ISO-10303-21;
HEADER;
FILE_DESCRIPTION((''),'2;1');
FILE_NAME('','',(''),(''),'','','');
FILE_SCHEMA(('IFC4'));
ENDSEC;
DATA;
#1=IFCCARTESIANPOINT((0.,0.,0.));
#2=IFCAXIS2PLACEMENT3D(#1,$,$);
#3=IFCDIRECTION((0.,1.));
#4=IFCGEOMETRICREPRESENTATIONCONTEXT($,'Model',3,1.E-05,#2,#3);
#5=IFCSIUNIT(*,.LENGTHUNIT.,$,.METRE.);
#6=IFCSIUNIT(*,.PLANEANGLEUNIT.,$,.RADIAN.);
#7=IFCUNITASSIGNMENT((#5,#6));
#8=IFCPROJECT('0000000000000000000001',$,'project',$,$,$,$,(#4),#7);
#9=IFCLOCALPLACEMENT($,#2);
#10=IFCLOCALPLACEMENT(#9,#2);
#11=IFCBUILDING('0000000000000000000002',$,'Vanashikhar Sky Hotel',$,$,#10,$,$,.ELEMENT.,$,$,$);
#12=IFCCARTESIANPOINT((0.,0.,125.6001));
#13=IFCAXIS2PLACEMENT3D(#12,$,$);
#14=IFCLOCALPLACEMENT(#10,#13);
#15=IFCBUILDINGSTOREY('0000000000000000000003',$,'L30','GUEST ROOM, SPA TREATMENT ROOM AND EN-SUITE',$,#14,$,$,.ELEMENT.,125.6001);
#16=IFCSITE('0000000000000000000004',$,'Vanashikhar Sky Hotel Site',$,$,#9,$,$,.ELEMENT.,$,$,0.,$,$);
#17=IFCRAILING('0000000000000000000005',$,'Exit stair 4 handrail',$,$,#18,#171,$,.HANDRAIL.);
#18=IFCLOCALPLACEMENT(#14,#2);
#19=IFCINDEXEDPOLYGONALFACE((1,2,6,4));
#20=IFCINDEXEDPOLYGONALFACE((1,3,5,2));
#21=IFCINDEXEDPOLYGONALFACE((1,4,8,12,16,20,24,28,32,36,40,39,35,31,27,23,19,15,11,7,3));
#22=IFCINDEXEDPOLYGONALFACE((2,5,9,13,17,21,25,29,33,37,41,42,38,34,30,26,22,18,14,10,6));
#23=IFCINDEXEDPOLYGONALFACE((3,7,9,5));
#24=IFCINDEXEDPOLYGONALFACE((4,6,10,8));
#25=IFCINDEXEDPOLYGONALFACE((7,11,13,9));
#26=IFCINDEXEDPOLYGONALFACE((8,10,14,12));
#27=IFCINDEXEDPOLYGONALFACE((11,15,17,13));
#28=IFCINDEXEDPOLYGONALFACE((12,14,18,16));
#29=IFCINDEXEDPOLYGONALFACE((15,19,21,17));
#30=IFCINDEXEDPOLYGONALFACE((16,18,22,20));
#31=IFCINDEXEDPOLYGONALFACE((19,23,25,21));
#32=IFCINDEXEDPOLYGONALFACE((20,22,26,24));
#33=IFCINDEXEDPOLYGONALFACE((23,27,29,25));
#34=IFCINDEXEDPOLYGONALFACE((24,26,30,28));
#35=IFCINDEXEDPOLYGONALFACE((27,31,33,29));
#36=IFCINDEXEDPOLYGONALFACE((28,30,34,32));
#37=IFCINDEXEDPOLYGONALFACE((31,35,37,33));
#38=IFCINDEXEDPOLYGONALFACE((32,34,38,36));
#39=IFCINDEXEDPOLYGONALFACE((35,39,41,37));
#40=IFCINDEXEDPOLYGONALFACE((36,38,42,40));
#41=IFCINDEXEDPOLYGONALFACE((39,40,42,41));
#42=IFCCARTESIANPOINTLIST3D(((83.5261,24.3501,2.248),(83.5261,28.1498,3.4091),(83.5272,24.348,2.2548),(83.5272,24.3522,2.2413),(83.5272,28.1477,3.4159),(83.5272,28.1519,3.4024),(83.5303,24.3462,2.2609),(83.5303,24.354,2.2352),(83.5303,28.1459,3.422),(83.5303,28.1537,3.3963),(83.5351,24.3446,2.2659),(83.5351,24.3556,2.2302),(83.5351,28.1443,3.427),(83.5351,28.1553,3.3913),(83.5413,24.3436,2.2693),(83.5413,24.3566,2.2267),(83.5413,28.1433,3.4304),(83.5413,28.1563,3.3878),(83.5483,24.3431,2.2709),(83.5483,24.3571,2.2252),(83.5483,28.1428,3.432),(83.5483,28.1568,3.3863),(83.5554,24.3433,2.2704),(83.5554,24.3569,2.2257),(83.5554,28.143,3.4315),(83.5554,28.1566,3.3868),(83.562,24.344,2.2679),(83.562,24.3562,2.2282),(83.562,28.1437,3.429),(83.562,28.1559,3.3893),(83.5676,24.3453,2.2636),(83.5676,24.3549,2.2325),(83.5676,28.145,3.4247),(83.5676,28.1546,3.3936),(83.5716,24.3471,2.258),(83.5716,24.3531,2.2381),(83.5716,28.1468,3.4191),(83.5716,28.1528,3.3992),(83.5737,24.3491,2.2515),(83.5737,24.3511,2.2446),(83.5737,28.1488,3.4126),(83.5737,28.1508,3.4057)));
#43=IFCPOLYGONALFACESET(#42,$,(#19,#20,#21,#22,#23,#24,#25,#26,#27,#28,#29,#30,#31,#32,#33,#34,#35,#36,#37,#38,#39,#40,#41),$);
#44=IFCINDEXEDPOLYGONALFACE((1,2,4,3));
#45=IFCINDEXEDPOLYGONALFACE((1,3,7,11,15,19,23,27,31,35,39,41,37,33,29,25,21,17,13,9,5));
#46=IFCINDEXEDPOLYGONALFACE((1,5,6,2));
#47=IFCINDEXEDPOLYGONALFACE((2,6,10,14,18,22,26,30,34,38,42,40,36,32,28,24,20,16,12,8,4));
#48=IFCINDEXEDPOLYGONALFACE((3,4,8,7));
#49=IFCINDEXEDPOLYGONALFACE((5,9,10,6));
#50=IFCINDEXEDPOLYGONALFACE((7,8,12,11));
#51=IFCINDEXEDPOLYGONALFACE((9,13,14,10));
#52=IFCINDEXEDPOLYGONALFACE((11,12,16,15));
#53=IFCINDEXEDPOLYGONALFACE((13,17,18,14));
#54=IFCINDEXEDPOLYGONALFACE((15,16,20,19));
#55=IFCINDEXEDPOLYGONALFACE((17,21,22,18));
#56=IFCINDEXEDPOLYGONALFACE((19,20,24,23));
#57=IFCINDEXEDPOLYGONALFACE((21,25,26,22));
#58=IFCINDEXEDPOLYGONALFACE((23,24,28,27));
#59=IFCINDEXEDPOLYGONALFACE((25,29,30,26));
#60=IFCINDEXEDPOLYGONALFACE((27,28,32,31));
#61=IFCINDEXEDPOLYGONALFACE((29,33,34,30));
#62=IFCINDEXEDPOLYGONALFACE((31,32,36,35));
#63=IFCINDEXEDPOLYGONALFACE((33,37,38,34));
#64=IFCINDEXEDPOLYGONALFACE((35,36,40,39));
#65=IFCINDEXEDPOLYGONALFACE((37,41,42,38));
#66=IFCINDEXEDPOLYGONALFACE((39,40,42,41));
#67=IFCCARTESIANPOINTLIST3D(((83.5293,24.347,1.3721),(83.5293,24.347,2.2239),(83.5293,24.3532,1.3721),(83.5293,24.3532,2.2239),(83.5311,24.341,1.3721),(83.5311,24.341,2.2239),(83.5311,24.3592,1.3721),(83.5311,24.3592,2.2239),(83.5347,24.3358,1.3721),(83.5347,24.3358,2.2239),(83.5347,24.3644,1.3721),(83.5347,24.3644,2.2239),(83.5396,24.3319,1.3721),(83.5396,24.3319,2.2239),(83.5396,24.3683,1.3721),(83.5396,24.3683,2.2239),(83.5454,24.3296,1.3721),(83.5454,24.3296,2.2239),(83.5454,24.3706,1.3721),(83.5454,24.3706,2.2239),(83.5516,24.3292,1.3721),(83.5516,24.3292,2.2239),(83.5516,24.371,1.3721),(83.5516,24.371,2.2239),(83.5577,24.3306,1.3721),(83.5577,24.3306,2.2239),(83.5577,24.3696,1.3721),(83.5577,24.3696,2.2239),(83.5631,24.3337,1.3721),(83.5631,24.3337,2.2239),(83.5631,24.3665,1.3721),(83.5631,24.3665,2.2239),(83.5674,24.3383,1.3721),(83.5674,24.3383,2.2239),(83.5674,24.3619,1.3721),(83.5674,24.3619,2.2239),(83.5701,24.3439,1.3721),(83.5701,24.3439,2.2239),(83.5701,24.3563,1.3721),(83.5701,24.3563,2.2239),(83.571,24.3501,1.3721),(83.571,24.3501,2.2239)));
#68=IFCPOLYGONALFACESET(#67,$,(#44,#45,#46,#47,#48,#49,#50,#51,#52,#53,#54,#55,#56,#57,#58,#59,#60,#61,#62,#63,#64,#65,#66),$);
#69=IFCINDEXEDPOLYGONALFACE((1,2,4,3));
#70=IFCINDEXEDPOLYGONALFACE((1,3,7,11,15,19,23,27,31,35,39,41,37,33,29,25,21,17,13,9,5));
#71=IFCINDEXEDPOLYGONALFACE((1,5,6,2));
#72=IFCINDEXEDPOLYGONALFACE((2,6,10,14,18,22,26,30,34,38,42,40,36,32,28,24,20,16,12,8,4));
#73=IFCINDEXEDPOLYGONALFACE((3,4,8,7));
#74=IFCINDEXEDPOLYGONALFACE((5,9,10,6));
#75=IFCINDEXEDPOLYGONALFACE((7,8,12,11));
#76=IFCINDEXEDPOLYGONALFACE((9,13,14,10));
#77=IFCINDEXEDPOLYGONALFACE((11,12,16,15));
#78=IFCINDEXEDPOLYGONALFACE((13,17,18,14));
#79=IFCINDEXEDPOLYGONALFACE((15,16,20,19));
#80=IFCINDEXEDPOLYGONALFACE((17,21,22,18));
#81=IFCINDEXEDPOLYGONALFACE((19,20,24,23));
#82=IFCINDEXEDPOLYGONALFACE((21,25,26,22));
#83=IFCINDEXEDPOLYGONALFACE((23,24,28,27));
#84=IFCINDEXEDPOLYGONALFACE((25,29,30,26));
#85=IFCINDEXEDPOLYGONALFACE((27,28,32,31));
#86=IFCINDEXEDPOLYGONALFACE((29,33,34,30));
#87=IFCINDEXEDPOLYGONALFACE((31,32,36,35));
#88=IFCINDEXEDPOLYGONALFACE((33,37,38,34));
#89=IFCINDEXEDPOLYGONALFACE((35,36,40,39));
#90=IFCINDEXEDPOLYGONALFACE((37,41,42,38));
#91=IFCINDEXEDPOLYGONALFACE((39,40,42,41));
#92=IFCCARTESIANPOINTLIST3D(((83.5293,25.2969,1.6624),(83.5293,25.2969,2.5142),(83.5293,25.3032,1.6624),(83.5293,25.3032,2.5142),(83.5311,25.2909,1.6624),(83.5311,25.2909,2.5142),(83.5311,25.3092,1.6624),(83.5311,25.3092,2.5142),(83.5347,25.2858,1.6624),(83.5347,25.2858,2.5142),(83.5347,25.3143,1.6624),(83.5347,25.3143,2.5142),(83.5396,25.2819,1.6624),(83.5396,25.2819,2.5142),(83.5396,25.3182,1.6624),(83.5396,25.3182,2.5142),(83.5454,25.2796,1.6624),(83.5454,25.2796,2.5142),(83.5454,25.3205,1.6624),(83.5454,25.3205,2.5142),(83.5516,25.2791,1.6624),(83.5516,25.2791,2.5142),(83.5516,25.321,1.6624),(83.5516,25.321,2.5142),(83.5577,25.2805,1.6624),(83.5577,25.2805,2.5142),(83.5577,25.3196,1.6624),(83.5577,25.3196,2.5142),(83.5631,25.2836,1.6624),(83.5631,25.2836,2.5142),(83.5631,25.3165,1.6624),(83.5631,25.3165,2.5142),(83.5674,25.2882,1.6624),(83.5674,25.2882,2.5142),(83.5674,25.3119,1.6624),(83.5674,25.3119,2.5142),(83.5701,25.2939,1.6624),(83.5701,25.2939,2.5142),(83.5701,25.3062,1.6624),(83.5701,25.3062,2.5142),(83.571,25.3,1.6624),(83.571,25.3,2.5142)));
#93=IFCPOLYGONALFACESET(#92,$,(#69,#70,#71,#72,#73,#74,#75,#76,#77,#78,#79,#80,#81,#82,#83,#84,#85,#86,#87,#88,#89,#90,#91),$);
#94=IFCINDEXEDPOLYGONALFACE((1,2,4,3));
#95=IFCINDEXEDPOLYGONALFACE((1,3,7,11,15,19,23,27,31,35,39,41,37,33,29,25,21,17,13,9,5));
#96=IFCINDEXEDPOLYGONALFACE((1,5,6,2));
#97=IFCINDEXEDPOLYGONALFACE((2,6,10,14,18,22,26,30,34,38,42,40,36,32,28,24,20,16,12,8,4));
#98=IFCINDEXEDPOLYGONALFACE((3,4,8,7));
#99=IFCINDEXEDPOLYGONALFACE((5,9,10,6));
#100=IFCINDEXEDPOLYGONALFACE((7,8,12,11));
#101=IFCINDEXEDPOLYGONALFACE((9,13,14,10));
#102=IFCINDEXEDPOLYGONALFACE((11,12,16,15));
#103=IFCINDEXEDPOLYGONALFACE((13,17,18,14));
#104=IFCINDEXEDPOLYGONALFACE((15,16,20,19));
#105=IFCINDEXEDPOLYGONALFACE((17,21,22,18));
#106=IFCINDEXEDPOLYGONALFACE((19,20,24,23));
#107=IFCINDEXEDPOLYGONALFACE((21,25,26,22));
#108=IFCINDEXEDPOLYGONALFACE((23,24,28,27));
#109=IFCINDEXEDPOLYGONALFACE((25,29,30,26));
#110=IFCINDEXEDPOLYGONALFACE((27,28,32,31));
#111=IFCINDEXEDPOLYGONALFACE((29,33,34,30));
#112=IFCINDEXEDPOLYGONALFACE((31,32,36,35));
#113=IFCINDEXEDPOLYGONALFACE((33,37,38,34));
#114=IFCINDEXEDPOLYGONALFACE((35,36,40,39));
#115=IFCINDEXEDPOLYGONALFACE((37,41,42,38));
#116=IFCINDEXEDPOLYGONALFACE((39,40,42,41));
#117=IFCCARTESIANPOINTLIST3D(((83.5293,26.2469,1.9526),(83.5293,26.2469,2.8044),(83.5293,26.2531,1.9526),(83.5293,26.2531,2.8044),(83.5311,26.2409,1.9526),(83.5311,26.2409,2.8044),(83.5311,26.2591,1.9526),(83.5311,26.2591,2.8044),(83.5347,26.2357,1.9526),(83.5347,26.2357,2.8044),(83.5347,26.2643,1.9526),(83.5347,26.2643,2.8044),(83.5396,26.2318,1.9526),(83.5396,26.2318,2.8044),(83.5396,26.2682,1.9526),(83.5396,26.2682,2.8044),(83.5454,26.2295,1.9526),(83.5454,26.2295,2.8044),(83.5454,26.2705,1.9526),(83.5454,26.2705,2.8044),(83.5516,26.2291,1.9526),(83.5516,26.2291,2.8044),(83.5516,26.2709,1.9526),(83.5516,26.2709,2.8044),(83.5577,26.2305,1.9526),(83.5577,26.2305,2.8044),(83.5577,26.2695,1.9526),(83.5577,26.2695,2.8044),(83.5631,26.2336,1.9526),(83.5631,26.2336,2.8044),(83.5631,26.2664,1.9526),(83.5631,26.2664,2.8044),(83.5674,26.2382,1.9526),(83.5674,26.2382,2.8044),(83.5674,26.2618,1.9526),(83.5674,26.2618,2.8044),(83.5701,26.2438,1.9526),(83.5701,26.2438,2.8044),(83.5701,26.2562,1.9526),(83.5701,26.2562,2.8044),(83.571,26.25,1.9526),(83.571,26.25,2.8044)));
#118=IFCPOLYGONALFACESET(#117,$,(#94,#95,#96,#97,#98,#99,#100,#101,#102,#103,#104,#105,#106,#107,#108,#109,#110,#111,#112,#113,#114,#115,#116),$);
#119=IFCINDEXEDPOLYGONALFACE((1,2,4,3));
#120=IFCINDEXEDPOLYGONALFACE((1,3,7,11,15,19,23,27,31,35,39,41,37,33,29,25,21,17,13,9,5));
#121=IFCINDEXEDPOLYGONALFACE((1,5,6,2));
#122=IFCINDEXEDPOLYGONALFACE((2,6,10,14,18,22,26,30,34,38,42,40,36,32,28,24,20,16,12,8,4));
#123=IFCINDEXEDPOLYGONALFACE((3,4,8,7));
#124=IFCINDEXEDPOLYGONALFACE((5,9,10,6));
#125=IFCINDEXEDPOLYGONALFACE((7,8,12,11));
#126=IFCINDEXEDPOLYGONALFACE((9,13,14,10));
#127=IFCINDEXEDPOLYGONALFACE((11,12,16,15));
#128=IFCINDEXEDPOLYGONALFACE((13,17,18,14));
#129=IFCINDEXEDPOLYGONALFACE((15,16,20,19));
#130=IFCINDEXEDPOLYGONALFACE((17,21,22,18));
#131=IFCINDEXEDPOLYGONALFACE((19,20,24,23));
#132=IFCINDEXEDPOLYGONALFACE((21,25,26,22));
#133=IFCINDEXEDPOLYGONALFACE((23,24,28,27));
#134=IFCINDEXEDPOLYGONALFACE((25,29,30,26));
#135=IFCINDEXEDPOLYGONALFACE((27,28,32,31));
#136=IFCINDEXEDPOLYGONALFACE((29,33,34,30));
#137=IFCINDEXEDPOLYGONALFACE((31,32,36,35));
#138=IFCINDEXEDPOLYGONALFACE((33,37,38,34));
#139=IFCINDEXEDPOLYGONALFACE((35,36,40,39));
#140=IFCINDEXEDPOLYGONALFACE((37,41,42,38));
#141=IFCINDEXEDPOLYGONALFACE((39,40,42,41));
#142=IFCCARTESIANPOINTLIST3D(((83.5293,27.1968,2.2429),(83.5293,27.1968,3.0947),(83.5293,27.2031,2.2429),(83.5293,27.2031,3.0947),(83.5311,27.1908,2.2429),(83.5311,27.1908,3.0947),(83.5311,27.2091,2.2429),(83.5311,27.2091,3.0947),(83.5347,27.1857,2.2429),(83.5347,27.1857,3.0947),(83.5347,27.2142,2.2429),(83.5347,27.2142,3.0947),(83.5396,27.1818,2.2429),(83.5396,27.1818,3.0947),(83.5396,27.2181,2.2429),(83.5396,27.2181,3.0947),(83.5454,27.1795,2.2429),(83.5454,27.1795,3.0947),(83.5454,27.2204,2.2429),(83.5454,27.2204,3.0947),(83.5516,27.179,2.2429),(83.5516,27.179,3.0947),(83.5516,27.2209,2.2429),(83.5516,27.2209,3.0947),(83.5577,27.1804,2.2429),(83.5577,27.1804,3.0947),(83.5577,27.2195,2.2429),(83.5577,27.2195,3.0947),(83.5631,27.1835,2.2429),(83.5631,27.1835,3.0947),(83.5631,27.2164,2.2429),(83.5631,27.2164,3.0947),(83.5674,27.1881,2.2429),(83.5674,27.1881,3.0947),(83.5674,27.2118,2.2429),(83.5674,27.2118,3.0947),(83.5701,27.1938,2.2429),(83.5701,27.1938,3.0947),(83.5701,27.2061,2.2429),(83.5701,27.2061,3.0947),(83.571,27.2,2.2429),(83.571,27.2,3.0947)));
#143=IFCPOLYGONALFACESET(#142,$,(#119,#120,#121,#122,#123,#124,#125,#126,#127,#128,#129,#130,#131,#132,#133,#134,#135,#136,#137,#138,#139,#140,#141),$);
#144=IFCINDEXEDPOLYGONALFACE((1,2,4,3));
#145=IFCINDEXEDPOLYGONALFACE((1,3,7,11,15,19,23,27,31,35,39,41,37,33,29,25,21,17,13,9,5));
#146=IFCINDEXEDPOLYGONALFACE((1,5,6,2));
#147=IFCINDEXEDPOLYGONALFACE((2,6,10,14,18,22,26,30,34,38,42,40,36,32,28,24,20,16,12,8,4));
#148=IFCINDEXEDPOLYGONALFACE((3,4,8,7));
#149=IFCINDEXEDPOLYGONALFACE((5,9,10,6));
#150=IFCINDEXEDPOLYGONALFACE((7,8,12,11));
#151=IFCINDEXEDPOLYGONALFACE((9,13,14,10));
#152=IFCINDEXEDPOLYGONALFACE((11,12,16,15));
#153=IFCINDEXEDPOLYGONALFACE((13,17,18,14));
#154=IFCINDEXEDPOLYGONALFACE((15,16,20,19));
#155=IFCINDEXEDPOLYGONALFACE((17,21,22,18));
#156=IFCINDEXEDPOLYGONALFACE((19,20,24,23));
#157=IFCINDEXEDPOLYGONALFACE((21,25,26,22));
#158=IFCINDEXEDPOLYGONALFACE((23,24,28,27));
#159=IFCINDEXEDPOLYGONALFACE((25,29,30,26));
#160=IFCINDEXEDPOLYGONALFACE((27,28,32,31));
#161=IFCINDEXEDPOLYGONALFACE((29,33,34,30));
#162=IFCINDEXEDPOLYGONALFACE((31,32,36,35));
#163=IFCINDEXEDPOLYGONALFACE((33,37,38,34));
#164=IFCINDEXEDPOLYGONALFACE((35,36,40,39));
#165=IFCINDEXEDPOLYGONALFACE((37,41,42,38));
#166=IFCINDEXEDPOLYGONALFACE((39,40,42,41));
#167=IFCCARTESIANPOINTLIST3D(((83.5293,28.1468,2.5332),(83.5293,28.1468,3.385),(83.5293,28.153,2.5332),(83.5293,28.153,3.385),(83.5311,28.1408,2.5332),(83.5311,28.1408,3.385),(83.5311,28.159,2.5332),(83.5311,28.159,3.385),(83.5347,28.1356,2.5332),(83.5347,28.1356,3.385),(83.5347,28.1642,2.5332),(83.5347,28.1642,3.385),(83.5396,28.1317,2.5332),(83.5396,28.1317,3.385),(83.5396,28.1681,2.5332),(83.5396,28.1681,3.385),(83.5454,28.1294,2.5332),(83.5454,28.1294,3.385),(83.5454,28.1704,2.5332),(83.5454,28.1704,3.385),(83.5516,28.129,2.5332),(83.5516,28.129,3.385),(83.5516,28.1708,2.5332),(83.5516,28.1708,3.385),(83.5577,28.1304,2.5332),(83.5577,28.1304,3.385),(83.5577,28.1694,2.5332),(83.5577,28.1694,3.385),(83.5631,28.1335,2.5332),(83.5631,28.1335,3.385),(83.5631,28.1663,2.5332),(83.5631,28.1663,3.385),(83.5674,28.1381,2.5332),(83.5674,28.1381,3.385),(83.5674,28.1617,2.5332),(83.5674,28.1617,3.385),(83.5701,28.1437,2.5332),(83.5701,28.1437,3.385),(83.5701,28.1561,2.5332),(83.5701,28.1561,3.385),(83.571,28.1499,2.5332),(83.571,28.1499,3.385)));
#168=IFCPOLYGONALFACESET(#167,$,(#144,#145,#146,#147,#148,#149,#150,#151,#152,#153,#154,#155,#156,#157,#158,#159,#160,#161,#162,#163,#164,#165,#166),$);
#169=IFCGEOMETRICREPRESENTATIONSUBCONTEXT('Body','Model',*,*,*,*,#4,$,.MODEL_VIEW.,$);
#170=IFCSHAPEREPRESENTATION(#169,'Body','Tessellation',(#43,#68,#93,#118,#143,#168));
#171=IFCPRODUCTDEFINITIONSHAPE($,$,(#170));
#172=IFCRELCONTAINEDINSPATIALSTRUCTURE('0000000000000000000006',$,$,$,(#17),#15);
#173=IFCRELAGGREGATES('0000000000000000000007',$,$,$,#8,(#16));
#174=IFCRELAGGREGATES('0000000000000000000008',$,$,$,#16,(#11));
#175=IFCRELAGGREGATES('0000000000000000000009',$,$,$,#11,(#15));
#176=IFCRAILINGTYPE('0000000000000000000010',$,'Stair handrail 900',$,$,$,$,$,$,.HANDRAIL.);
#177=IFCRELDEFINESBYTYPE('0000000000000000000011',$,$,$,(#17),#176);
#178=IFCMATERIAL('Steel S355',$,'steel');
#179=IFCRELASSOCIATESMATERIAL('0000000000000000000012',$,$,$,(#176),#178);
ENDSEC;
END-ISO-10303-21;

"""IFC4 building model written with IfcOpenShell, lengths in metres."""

from ifc_helpers import new_model, si_unit, direction, frame, origin, origin_2d, place, context, subcontext, project, spatial, circle, extrude, source, transform, mapped, material, type_object, element, save


model = new_model("IFC4")

# Units and contexts
model_context = context("Model", 3, precision=1e-05, world=origin(), true_north=direction((0.0, 1.0)))
body_context = subcontext(model_context, "Body", "Model", "MODEL_VIEW")
ifc_project = project(units=[si_unit("LENGTHUNIT", "METRE"), si_unit("PLANEANGLEUNIT", "RADIAN")], contexts=[model_context])

# Site, building, storey
site_placement = place(None, origin())
site = spatial("IfcSite", under=ifc_project, at=site_placement, Name="Vanashikhar Sky Hotel Site", CompositionType="ELEMENT", RefElevation=0.0)
building_placement = place(site_placement, origin())
building = spatial("IfcBuilding", under=site, at=building_placement, Name="Vanashikhar Sky Hotel", CompositionType="ELEMENT")
storey_placement = place(building_placement, frame((0.0, 0.0, 125.6001)))
storey = spatial("IfcBuildingStorey", under=building, at=storey_placement, Name="L30", Description="GUEST ROOM, SPA TREATMENT ROOM AND EN-SUITE", CompositionType="ELEMENT", Elevation=125.6001)

# Railing
ifc_material_1 = material(Name="Steel S355", Category="steel")
railing_type_1 = type_object("IfcRailingType", Name="Stair handrail 900", PredefinedType="HANDRAIL", material=ifc_material_1)
shared_shape_1 = source(origin(), body_context, "Body", "SweptSolid", [
    extrude(circle(Radius=0.0239, at=origin_2d()), frame((0.0, 0.0, 0.876), z_axis=(0.0, 0.956346, 0.292237), x_axis=(-1.0, 0.0, 0.0)), (0.0, 0.0, 1.0), 3.9731),
    extrude(circle(Radius=0.021, at=origin_2d()), origin(), (0.0, 0.0, 1.0), 0.8518),
    extrude(circle(Radius=0.021, at=origin_2d()), frame((0.0, 0.95, 0.2903)), (0.0, 0.0, 1.0), 0.8518),
    extrude(circle(Radius=0.021, at=origin_2d()), frame((0.0, 1.8999, 0.5806)), (0.0, 0.0, 1.0), 0.8518),
    extrude(circle(Radius=0.021, at=origin_2d()), frame((0.0, 2.8499, 0.8708)), (0.0, 0.0, 1.0), 0.8518),
    extrude(circle(Radius=0.021, at=origin_2d()), frame((0.0, 3.7998, 1.1611)), (0.0, 0.0, 1.0), 0.8518),
])
railing_1_placement = place(storey_placement, frame((83.55, 24.3501, 1.3721)))
element("IfcRailing", 1, at=railing_1_placement, inside=storey, type_object=railing_type_1, Name="Exit stair 4 handrail", PredefinedType="HANDRAIL", context=body_context, shape_type="MappedRepresentation", body=[
    mapped(shared_shape_1, transform((0.0, 0.0, 0.0), scale=1.0)),
])

save(model, "model.ifc")
